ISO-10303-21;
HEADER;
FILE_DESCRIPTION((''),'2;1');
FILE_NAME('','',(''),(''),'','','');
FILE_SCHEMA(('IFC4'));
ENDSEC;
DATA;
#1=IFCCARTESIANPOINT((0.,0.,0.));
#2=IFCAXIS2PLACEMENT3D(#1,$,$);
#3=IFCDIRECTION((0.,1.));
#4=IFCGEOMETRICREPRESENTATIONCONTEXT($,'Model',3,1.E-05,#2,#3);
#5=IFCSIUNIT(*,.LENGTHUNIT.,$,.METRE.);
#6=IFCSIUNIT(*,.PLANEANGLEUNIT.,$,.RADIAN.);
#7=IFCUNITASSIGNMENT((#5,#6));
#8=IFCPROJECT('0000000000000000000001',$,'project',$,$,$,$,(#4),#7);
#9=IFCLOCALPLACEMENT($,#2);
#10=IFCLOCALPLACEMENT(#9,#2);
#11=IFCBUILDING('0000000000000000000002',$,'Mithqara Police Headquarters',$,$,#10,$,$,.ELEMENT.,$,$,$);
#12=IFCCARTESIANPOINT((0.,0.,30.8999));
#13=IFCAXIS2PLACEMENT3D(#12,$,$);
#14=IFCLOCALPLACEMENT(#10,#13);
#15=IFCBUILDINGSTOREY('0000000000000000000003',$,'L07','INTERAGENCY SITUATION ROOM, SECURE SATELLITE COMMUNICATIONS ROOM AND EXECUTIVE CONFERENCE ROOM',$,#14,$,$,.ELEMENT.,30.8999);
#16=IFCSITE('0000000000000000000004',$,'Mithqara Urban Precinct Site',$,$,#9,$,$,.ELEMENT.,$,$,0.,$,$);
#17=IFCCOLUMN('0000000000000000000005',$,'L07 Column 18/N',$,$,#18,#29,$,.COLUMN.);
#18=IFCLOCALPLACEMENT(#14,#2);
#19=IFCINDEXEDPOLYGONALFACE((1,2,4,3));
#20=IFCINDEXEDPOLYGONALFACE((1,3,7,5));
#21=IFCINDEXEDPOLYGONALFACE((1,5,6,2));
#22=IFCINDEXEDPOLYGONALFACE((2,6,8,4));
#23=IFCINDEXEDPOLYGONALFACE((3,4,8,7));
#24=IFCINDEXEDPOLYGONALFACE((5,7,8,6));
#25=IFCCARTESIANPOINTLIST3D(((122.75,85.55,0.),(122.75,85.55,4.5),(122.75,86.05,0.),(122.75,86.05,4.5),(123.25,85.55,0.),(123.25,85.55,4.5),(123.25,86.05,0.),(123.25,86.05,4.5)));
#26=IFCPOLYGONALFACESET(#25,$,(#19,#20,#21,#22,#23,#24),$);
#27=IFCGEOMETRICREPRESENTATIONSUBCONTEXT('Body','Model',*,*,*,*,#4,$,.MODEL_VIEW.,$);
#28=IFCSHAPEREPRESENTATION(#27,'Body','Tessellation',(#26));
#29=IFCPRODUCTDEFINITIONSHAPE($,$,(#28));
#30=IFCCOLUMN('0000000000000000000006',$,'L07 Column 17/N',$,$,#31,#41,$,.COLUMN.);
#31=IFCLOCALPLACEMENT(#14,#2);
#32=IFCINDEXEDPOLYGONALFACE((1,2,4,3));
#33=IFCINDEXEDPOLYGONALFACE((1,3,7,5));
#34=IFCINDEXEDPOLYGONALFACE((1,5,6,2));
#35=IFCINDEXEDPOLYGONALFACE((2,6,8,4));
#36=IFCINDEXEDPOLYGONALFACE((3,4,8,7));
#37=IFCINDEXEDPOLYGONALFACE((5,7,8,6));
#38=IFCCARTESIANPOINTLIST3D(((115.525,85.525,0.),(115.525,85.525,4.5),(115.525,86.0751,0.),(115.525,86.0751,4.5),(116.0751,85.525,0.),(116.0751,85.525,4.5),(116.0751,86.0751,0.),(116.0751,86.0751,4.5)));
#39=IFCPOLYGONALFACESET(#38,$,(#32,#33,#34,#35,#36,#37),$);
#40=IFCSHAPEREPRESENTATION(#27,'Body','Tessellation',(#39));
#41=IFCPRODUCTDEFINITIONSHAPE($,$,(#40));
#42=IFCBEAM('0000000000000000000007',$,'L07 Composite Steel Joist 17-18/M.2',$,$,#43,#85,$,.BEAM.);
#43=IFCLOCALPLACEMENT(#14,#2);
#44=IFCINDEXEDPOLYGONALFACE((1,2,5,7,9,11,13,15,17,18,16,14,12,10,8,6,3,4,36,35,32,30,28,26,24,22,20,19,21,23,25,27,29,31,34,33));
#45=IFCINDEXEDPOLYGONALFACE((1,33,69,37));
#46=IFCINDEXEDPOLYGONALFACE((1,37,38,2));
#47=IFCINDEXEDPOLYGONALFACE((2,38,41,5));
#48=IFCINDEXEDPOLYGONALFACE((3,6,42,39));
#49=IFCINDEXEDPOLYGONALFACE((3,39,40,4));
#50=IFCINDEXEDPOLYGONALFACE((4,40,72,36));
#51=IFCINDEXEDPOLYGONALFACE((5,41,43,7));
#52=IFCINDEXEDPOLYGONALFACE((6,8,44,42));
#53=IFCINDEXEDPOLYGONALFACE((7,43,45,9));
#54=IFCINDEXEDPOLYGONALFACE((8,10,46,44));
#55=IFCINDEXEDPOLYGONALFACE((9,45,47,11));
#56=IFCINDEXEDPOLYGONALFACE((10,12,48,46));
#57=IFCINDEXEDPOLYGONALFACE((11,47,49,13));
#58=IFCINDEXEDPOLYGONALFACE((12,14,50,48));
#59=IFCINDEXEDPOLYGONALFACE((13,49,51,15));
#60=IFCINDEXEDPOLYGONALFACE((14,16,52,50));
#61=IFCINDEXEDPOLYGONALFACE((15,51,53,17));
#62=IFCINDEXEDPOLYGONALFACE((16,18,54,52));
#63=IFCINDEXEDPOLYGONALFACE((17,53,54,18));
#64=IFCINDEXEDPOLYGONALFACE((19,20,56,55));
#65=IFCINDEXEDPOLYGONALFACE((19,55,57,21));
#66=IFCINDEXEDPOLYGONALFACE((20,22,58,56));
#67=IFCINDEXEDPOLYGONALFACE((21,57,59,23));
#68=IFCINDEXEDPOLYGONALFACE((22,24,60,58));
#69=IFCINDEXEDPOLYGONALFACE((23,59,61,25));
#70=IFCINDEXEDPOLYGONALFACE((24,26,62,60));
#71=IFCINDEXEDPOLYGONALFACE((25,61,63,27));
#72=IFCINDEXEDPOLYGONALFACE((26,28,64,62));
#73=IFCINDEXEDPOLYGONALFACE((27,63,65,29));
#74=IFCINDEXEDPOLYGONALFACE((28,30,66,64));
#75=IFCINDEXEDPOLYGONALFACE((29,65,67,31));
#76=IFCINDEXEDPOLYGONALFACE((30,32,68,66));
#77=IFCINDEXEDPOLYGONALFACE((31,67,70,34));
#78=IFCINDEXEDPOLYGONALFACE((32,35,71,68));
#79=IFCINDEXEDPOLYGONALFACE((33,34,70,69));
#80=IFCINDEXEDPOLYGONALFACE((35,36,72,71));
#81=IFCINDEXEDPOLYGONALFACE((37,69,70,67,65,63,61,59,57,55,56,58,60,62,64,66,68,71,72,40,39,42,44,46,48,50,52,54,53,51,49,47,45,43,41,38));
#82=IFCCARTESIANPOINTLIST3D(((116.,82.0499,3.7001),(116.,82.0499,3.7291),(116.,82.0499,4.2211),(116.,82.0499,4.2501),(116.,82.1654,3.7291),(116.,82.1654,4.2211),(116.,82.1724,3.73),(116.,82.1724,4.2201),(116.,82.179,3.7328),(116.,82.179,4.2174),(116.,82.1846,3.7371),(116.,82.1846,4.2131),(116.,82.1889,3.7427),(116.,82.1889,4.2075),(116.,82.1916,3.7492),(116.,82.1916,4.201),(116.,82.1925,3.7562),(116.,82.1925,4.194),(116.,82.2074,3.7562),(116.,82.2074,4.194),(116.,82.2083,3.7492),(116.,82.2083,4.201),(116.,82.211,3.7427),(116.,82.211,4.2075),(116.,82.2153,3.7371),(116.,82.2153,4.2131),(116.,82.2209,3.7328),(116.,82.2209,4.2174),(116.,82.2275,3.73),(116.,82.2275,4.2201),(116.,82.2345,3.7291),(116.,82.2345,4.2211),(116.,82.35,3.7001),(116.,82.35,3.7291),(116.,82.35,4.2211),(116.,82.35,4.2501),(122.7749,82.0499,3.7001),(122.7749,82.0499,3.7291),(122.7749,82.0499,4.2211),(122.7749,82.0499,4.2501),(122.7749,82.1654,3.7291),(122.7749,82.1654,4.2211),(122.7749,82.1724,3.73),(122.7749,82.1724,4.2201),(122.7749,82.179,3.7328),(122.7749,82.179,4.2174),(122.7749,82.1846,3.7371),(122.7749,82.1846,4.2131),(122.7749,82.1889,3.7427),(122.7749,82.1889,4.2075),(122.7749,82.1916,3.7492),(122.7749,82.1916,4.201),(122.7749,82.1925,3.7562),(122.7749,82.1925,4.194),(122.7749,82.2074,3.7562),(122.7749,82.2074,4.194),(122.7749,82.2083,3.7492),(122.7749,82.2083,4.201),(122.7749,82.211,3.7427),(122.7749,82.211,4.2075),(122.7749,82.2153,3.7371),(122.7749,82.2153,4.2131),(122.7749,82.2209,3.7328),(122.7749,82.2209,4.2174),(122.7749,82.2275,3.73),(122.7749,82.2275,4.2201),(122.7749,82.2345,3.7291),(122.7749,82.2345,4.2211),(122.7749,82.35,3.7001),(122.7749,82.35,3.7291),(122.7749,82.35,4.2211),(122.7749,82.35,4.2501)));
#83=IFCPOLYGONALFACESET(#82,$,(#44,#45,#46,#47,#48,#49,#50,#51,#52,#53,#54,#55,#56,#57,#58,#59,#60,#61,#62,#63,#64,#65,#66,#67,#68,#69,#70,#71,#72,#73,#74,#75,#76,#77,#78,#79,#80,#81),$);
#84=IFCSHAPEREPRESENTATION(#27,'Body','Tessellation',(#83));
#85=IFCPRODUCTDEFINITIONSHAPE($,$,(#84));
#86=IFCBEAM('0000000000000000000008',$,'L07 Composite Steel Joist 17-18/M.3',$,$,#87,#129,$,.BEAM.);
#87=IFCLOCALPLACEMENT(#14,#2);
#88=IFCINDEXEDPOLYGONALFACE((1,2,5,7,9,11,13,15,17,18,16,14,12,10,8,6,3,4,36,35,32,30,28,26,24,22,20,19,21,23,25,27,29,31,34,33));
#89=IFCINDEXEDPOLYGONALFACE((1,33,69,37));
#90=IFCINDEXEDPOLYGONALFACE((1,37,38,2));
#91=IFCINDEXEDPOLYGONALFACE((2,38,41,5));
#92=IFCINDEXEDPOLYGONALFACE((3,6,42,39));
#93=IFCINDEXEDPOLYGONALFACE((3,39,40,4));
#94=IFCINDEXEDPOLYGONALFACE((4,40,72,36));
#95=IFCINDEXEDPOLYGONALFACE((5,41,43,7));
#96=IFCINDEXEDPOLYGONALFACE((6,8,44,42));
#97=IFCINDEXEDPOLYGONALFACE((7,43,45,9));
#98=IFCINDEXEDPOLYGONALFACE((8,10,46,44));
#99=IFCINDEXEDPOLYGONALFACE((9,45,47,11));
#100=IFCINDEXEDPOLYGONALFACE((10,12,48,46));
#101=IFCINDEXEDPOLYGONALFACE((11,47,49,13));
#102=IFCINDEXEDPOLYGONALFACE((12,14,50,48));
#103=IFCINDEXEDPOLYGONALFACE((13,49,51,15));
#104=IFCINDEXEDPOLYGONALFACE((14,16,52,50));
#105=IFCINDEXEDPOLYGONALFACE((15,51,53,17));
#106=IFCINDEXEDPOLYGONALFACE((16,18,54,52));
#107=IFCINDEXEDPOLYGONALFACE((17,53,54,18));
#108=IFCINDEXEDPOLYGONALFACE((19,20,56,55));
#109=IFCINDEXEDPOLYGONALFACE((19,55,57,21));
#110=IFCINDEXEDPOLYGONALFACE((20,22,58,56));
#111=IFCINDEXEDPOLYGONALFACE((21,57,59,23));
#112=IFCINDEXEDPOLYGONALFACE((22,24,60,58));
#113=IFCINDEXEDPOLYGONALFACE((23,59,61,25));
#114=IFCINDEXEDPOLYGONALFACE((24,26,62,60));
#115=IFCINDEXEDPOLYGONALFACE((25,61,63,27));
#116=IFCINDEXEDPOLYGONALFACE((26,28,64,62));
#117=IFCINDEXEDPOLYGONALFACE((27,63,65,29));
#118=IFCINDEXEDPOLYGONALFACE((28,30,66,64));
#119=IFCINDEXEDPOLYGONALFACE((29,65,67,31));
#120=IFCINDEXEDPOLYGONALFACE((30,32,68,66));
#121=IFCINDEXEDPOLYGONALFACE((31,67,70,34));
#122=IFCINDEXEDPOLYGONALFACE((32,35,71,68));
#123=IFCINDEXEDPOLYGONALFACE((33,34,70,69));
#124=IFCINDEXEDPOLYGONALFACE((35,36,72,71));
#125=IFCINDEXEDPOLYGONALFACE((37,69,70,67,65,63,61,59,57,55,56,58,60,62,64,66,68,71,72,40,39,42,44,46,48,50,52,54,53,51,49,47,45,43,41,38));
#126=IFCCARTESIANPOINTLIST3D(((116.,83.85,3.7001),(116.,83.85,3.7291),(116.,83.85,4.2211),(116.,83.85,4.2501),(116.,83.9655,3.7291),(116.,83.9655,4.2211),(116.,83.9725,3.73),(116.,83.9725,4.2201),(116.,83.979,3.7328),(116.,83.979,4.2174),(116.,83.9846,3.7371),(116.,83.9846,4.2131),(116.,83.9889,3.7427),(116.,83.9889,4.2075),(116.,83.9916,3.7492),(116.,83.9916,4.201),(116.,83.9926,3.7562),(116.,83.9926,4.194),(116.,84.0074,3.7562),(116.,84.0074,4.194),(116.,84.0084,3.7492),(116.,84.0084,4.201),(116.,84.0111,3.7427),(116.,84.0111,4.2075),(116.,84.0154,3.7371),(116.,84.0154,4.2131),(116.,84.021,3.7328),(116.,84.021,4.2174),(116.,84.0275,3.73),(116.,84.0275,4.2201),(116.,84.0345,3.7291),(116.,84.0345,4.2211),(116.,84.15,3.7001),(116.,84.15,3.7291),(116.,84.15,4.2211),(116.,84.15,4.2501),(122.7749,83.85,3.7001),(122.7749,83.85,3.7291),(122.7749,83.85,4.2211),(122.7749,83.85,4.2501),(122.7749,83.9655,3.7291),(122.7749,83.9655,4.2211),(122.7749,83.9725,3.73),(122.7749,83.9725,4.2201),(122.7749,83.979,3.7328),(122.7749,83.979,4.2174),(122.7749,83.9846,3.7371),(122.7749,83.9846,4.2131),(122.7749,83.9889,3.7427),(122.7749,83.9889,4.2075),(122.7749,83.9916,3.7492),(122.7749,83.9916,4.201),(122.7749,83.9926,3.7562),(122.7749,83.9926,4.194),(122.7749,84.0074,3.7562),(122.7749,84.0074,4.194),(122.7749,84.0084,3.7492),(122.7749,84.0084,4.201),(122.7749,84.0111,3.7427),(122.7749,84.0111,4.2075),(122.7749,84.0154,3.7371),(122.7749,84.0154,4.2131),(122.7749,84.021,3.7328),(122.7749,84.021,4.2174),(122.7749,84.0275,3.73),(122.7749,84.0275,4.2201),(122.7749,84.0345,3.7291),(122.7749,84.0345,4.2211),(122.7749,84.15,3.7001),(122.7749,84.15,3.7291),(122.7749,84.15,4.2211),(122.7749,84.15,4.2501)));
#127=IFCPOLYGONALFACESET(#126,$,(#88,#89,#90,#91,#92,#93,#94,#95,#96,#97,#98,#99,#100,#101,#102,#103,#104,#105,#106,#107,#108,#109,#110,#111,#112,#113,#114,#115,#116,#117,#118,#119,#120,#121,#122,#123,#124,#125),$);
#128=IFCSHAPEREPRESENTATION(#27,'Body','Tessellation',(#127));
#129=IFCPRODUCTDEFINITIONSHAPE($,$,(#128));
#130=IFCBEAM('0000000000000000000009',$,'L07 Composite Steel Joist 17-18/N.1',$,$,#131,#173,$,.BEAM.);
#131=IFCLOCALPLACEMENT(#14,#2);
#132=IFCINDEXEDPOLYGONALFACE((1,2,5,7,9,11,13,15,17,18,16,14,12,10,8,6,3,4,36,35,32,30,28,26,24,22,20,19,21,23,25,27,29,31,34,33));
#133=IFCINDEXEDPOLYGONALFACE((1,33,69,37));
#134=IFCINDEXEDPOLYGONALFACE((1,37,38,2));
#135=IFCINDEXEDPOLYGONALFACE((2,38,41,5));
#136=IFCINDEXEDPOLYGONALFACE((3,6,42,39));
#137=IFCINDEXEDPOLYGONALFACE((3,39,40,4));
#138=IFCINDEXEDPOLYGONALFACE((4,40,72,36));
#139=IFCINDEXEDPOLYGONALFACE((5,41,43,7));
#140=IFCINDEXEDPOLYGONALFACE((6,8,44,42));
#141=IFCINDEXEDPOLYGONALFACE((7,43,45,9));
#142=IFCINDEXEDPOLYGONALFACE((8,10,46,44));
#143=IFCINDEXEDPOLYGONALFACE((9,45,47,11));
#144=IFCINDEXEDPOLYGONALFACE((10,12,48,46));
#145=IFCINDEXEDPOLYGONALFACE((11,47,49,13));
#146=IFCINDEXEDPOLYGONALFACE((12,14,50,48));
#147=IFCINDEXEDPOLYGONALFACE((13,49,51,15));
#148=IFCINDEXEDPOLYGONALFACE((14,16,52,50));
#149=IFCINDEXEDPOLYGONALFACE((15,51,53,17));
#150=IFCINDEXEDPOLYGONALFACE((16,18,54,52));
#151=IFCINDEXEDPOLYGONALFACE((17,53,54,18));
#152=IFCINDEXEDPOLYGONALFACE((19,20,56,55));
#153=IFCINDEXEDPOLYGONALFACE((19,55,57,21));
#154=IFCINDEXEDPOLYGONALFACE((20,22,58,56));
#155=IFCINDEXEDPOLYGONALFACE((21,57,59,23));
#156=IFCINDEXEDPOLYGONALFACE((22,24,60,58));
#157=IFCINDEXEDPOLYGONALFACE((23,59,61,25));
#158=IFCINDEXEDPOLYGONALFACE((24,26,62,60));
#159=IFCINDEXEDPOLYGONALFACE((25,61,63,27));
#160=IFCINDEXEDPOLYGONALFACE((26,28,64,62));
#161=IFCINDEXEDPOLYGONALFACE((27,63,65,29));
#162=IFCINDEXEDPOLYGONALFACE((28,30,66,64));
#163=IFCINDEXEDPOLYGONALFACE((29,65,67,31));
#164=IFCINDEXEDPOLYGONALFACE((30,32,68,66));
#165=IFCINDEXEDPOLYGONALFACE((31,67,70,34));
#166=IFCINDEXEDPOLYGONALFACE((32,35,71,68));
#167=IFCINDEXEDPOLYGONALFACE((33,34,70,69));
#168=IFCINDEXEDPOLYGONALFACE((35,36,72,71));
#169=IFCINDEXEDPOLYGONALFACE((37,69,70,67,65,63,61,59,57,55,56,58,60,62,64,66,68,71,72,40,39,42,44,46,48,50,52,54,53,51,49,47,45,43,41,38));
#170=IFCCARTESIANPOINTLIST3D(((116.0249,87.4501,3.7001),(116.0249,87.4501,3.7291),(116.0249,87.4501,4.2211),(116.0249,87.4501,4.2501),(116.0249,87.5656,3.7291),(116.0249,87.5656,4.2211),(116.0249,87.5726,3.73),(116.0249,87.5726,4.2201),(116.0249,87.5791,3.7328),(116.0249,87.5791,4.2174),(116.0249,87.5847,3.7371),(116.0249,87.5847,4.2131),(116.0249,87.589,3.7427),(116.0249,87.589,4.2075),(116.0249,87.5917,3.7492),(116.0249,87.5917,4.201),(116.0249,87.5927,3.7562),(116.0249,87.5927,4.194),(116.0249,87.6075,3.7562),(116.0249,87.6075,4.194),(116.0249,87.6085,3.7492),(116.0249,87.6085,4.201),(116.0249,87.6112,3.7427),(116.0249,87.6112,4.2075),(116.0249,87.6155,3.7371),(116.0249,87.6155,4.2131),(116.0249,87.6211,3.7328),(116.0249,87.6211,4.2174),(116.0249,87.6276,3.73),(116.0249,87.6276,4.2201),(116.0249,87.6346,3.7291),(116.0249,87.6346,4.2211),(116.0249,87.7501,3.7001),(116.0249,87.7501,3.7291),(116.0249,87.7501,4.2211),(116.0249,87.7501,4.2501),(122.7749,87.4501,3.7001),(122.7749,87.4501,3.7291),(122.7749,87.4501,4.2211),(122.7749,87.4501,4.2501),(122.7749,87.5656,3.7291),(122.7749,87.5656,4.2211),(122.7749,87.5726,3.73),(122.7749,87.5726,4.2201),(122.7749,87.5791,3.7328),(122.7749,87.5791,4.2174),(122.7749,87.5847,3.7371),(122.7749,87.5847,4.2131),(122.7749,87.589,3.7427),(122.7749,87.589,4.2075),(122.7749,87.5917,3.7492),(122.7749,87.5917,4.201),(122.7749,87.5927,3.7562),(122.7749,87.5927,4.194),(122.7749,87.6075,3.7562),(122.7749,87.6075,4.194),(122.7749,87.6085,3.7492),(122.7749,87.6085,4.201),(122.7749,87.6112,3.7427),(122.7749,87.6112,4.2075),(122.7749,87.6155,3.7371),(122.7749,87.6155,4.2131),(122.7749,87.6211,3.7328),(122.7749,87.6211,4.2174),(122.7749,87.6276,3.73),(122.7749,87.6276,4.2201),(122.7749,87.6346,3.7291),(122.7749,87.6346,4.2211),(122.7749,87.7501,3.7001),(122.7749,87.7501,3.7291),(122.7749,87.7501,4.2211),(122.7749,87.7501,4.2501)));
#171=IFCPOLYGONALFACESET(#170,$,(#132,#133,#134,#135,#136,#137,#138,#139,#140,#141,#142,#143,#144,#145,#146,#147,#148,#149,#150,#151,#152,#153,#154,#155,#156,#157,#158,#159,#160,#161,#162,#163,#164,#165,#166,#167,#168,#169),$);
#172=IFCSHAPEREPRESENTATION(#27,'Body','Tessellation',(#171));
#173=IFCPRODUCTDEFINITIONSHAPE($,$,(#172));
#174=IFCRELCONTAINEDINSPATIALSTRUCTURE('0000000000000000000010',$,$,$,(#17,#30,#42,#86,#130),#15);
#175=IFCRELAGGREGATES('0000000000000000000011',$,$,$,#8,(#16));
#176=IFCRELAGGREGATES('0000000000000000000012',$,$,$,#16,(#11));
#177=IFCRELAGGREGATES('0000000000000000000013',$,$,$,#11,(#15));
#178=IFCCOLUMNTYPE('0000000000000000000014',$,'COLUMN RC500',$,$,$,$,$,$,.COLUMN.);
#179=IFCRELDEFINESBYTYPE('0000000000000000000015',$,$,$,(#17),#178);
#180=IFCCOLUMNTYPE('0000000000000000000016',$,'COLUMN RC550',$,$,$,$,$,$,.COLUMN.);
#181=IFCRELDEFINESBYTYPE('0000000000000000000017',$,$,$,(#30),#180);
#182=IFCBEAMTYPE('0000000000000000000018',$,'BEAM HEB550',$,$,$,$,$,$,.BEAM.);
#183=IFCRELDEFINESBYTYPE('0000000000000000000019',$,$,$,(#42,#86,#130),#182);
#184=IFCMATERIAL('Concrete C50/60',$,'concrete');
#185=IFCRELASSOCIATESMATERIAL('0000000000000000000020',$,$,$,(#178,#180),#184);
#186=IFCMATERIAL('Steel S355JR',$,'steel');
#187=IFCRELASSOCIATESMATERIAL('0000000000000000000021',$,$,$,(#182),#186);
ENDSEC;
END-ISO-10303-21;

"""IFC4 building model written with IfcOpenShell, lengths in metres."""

from ifc_helpers import new_model, si_unit, direction, frame, origin, origin_2d, place, context, subcontext, project, spatial, rectangle, i_section, extrude, material, material_profile, profile_set, type_object, element, save


model = new_model("IFC4")

# Units and contexts
model_context = context("Model", 3, precision=1e-05, world=origin(), true_north=direction((0.0, 1.0)))
body_context = subcontext(model_context, "Body", "Model", "MODEL_VIEW")
ifc_project = project(units=[si_unit("LENGTHUNIT", "METRE"), si_unit("PLANEANGLEUNIT", "RADIAN")], contexts=[model_context])

# Site, building, storey
site_placement = place(None, origin())
site = spatial("IfcSite", under=ifc_project, at=site_placement, Name="Mithqara Urban Precinct Site", CompositionType="ELEMENT", RefElevation=0.0)
building_placement = place(site_placement, origin())
building = spatial("IfcBuilding", under=site, at=building_placement, Name="Mithqara Police Headquarters", CompositionType="ELEMENT")
storey_placement = place(building_placement, frame((0.0, 0.0, 30.8999)))
storey = spatial("IfcBuildingStorey", under=building, at=storey_placement, Name="L07", Description="INTERAGENCY SITUATION ROOM, SECURE SATELLITE COMMUNICATIONS ROOM AND EXECUTIVE CONFERENCE ROOM", CompositionType="ELEMENT", Elevation=30.8999)

# Columns
ifc_material_1 = material(Name="Concrete C50/60", Category="concrete")
ifc_material_profile_1 = material_profile(ifc_material_1, rectangle(XDim=0.5, YDim=0.5, at=origin_2d()), Name="RC 500x500")
ifc_profile_set_1 = profile_set([ifc_material_profile_1], Name="Concrete C50/60")
column_type_1 = type_object("IfcColumnType", Name="COLUMN RC500", PredefinedType="COLUMN", material=ifc_profile_set_1)
column_1_placement = place(storey_placement, frame((123.0, 85.8, 0.0), z_axis=(0.0, 0.0, 1.0), x_axis=(1.0, 0.0, 0.0)))
element("IfcColumn", 1, at=column_1_placement, inside=storey, type_object=column_type_1, Name="L07 Column 18/N", PredefinedType="COLUMN", context=body_context, shape_type="SweptSolid", body=[
    extrude(rectangle(XDim=0.5, YDim=0.5, at=origin_2d()), origin(), (0.0, 0.0, 1.0), 4.5),
])
ifc_material_profile_2 = material_profile(ifc_material_1, rectangle(XDim=0.55, YDim=0.55, at=origin_2d()), Name="RC 550x550")
ifc_profile_set_2 = profile_set([ifc_material_profile_2], Name="Concrete C50/60")
column_type_2 = type_object("IfcColumnType", Name="COLUMN RC550", PredefinedType="COLUMN", material=ifc_profile_set_2)
column_2_placement = place(storey_placement, frame((115.8, 85.8, 0.0), z_axis=(0.0, 0.0, 1.0), x_axis=(1.0, 0.0, 0.0)))
element("IfcColumn", 2, at=column_2_placement, inside=storey, type_object=column_type_2, Name="L07 Column 17/N", PredefinedType="COLUMN", context=body_context, shape_type="SweptSolid", body=[
    extrude(rectangle(XDim=0.55, YDim=0.55, at=origin_2d()), origin(), (0.0, 0.0, 1.0), 4.5),
])

# Beams
ifc_material_2 = material(Name="Steel S355JR", Category="steel")
ifc_material_profile_3 = material_profile(ifc_material_2, i_section(OverallWidth=0.3, OverallDepth=0.55, WebThickness=0.0149, FlangeThickness=0.0291, FilletRadius=0.0271, at=origin_2d()), Name="HEB 550")
ifc_profile_set_3 = profile_set([ifc_material_profile_3], Name="Steel S355JR")
beam_type_1 = type_object("IfcBeamType", Name="BEAM HEB550", PredefinedType="BEAM", material=ifc_profile_set_3)
for number, where, z_axis, x_axis, name in (
    (3, (116.0, 82.2, 3.9751), (1.0, 0.0, 0.0), (0.0, 1.0, 0.0), "L07 Composite Steel Joist 17-18/M.2"),
    (4, (116.0, 84.0, 3.9751), (1.0, 0.0, 0.0), (0.0, 1.0, 0.0), "L07 Composite Steel Joist 17-18/M.3"),
):
    element("IfcBeam", number, at=place(storey_placement, frame(where, z_axis=z_axis, x_axis=x_axis)), inside=storey, type_object=beam_type_1, Name=name, PredefinedType="BEAM", context=body_context, shape_type="SweptSolid", body=[
        extrude(i_section(OverallWidth=0.3, OverallDepth=0.55, WebThickness=0.0149, FlangeThickness=0.0291, FilletRadius=0.0271, at=origin_2d()), origin(), (0.0, 0.0, 1.0), 6.7749),
    ])
for number, where, z_axis, x_axis, name in (
    (5, (116.0249, 87.6001, 3.9751), (1.0, 0.0, 0.0), (0.0, 1.0, 0.0), "L07 Composite Steel Joist 17-18/N.1"),
):
    element("IfcBeam", number, at=place(storey_placement, frame(where, z_axis=z_axis, x_axis=x_axis)), inside=storey, type_object=beam_type_1, Name=name, PredefinedType="BEAM", context=body_context, shape_type="SweptSolid", body=[
        extrude(i_section(OverallWidth=0.3, OverallDepth=0.55, WebThickness=0.0149, FlangeThickness=0.0291, FilletRadius=0.0271, at=origin_2d()), origin(), (0.0, 0.0, 1.0), 6.75),
    ])

save(model, "model.ifc")
